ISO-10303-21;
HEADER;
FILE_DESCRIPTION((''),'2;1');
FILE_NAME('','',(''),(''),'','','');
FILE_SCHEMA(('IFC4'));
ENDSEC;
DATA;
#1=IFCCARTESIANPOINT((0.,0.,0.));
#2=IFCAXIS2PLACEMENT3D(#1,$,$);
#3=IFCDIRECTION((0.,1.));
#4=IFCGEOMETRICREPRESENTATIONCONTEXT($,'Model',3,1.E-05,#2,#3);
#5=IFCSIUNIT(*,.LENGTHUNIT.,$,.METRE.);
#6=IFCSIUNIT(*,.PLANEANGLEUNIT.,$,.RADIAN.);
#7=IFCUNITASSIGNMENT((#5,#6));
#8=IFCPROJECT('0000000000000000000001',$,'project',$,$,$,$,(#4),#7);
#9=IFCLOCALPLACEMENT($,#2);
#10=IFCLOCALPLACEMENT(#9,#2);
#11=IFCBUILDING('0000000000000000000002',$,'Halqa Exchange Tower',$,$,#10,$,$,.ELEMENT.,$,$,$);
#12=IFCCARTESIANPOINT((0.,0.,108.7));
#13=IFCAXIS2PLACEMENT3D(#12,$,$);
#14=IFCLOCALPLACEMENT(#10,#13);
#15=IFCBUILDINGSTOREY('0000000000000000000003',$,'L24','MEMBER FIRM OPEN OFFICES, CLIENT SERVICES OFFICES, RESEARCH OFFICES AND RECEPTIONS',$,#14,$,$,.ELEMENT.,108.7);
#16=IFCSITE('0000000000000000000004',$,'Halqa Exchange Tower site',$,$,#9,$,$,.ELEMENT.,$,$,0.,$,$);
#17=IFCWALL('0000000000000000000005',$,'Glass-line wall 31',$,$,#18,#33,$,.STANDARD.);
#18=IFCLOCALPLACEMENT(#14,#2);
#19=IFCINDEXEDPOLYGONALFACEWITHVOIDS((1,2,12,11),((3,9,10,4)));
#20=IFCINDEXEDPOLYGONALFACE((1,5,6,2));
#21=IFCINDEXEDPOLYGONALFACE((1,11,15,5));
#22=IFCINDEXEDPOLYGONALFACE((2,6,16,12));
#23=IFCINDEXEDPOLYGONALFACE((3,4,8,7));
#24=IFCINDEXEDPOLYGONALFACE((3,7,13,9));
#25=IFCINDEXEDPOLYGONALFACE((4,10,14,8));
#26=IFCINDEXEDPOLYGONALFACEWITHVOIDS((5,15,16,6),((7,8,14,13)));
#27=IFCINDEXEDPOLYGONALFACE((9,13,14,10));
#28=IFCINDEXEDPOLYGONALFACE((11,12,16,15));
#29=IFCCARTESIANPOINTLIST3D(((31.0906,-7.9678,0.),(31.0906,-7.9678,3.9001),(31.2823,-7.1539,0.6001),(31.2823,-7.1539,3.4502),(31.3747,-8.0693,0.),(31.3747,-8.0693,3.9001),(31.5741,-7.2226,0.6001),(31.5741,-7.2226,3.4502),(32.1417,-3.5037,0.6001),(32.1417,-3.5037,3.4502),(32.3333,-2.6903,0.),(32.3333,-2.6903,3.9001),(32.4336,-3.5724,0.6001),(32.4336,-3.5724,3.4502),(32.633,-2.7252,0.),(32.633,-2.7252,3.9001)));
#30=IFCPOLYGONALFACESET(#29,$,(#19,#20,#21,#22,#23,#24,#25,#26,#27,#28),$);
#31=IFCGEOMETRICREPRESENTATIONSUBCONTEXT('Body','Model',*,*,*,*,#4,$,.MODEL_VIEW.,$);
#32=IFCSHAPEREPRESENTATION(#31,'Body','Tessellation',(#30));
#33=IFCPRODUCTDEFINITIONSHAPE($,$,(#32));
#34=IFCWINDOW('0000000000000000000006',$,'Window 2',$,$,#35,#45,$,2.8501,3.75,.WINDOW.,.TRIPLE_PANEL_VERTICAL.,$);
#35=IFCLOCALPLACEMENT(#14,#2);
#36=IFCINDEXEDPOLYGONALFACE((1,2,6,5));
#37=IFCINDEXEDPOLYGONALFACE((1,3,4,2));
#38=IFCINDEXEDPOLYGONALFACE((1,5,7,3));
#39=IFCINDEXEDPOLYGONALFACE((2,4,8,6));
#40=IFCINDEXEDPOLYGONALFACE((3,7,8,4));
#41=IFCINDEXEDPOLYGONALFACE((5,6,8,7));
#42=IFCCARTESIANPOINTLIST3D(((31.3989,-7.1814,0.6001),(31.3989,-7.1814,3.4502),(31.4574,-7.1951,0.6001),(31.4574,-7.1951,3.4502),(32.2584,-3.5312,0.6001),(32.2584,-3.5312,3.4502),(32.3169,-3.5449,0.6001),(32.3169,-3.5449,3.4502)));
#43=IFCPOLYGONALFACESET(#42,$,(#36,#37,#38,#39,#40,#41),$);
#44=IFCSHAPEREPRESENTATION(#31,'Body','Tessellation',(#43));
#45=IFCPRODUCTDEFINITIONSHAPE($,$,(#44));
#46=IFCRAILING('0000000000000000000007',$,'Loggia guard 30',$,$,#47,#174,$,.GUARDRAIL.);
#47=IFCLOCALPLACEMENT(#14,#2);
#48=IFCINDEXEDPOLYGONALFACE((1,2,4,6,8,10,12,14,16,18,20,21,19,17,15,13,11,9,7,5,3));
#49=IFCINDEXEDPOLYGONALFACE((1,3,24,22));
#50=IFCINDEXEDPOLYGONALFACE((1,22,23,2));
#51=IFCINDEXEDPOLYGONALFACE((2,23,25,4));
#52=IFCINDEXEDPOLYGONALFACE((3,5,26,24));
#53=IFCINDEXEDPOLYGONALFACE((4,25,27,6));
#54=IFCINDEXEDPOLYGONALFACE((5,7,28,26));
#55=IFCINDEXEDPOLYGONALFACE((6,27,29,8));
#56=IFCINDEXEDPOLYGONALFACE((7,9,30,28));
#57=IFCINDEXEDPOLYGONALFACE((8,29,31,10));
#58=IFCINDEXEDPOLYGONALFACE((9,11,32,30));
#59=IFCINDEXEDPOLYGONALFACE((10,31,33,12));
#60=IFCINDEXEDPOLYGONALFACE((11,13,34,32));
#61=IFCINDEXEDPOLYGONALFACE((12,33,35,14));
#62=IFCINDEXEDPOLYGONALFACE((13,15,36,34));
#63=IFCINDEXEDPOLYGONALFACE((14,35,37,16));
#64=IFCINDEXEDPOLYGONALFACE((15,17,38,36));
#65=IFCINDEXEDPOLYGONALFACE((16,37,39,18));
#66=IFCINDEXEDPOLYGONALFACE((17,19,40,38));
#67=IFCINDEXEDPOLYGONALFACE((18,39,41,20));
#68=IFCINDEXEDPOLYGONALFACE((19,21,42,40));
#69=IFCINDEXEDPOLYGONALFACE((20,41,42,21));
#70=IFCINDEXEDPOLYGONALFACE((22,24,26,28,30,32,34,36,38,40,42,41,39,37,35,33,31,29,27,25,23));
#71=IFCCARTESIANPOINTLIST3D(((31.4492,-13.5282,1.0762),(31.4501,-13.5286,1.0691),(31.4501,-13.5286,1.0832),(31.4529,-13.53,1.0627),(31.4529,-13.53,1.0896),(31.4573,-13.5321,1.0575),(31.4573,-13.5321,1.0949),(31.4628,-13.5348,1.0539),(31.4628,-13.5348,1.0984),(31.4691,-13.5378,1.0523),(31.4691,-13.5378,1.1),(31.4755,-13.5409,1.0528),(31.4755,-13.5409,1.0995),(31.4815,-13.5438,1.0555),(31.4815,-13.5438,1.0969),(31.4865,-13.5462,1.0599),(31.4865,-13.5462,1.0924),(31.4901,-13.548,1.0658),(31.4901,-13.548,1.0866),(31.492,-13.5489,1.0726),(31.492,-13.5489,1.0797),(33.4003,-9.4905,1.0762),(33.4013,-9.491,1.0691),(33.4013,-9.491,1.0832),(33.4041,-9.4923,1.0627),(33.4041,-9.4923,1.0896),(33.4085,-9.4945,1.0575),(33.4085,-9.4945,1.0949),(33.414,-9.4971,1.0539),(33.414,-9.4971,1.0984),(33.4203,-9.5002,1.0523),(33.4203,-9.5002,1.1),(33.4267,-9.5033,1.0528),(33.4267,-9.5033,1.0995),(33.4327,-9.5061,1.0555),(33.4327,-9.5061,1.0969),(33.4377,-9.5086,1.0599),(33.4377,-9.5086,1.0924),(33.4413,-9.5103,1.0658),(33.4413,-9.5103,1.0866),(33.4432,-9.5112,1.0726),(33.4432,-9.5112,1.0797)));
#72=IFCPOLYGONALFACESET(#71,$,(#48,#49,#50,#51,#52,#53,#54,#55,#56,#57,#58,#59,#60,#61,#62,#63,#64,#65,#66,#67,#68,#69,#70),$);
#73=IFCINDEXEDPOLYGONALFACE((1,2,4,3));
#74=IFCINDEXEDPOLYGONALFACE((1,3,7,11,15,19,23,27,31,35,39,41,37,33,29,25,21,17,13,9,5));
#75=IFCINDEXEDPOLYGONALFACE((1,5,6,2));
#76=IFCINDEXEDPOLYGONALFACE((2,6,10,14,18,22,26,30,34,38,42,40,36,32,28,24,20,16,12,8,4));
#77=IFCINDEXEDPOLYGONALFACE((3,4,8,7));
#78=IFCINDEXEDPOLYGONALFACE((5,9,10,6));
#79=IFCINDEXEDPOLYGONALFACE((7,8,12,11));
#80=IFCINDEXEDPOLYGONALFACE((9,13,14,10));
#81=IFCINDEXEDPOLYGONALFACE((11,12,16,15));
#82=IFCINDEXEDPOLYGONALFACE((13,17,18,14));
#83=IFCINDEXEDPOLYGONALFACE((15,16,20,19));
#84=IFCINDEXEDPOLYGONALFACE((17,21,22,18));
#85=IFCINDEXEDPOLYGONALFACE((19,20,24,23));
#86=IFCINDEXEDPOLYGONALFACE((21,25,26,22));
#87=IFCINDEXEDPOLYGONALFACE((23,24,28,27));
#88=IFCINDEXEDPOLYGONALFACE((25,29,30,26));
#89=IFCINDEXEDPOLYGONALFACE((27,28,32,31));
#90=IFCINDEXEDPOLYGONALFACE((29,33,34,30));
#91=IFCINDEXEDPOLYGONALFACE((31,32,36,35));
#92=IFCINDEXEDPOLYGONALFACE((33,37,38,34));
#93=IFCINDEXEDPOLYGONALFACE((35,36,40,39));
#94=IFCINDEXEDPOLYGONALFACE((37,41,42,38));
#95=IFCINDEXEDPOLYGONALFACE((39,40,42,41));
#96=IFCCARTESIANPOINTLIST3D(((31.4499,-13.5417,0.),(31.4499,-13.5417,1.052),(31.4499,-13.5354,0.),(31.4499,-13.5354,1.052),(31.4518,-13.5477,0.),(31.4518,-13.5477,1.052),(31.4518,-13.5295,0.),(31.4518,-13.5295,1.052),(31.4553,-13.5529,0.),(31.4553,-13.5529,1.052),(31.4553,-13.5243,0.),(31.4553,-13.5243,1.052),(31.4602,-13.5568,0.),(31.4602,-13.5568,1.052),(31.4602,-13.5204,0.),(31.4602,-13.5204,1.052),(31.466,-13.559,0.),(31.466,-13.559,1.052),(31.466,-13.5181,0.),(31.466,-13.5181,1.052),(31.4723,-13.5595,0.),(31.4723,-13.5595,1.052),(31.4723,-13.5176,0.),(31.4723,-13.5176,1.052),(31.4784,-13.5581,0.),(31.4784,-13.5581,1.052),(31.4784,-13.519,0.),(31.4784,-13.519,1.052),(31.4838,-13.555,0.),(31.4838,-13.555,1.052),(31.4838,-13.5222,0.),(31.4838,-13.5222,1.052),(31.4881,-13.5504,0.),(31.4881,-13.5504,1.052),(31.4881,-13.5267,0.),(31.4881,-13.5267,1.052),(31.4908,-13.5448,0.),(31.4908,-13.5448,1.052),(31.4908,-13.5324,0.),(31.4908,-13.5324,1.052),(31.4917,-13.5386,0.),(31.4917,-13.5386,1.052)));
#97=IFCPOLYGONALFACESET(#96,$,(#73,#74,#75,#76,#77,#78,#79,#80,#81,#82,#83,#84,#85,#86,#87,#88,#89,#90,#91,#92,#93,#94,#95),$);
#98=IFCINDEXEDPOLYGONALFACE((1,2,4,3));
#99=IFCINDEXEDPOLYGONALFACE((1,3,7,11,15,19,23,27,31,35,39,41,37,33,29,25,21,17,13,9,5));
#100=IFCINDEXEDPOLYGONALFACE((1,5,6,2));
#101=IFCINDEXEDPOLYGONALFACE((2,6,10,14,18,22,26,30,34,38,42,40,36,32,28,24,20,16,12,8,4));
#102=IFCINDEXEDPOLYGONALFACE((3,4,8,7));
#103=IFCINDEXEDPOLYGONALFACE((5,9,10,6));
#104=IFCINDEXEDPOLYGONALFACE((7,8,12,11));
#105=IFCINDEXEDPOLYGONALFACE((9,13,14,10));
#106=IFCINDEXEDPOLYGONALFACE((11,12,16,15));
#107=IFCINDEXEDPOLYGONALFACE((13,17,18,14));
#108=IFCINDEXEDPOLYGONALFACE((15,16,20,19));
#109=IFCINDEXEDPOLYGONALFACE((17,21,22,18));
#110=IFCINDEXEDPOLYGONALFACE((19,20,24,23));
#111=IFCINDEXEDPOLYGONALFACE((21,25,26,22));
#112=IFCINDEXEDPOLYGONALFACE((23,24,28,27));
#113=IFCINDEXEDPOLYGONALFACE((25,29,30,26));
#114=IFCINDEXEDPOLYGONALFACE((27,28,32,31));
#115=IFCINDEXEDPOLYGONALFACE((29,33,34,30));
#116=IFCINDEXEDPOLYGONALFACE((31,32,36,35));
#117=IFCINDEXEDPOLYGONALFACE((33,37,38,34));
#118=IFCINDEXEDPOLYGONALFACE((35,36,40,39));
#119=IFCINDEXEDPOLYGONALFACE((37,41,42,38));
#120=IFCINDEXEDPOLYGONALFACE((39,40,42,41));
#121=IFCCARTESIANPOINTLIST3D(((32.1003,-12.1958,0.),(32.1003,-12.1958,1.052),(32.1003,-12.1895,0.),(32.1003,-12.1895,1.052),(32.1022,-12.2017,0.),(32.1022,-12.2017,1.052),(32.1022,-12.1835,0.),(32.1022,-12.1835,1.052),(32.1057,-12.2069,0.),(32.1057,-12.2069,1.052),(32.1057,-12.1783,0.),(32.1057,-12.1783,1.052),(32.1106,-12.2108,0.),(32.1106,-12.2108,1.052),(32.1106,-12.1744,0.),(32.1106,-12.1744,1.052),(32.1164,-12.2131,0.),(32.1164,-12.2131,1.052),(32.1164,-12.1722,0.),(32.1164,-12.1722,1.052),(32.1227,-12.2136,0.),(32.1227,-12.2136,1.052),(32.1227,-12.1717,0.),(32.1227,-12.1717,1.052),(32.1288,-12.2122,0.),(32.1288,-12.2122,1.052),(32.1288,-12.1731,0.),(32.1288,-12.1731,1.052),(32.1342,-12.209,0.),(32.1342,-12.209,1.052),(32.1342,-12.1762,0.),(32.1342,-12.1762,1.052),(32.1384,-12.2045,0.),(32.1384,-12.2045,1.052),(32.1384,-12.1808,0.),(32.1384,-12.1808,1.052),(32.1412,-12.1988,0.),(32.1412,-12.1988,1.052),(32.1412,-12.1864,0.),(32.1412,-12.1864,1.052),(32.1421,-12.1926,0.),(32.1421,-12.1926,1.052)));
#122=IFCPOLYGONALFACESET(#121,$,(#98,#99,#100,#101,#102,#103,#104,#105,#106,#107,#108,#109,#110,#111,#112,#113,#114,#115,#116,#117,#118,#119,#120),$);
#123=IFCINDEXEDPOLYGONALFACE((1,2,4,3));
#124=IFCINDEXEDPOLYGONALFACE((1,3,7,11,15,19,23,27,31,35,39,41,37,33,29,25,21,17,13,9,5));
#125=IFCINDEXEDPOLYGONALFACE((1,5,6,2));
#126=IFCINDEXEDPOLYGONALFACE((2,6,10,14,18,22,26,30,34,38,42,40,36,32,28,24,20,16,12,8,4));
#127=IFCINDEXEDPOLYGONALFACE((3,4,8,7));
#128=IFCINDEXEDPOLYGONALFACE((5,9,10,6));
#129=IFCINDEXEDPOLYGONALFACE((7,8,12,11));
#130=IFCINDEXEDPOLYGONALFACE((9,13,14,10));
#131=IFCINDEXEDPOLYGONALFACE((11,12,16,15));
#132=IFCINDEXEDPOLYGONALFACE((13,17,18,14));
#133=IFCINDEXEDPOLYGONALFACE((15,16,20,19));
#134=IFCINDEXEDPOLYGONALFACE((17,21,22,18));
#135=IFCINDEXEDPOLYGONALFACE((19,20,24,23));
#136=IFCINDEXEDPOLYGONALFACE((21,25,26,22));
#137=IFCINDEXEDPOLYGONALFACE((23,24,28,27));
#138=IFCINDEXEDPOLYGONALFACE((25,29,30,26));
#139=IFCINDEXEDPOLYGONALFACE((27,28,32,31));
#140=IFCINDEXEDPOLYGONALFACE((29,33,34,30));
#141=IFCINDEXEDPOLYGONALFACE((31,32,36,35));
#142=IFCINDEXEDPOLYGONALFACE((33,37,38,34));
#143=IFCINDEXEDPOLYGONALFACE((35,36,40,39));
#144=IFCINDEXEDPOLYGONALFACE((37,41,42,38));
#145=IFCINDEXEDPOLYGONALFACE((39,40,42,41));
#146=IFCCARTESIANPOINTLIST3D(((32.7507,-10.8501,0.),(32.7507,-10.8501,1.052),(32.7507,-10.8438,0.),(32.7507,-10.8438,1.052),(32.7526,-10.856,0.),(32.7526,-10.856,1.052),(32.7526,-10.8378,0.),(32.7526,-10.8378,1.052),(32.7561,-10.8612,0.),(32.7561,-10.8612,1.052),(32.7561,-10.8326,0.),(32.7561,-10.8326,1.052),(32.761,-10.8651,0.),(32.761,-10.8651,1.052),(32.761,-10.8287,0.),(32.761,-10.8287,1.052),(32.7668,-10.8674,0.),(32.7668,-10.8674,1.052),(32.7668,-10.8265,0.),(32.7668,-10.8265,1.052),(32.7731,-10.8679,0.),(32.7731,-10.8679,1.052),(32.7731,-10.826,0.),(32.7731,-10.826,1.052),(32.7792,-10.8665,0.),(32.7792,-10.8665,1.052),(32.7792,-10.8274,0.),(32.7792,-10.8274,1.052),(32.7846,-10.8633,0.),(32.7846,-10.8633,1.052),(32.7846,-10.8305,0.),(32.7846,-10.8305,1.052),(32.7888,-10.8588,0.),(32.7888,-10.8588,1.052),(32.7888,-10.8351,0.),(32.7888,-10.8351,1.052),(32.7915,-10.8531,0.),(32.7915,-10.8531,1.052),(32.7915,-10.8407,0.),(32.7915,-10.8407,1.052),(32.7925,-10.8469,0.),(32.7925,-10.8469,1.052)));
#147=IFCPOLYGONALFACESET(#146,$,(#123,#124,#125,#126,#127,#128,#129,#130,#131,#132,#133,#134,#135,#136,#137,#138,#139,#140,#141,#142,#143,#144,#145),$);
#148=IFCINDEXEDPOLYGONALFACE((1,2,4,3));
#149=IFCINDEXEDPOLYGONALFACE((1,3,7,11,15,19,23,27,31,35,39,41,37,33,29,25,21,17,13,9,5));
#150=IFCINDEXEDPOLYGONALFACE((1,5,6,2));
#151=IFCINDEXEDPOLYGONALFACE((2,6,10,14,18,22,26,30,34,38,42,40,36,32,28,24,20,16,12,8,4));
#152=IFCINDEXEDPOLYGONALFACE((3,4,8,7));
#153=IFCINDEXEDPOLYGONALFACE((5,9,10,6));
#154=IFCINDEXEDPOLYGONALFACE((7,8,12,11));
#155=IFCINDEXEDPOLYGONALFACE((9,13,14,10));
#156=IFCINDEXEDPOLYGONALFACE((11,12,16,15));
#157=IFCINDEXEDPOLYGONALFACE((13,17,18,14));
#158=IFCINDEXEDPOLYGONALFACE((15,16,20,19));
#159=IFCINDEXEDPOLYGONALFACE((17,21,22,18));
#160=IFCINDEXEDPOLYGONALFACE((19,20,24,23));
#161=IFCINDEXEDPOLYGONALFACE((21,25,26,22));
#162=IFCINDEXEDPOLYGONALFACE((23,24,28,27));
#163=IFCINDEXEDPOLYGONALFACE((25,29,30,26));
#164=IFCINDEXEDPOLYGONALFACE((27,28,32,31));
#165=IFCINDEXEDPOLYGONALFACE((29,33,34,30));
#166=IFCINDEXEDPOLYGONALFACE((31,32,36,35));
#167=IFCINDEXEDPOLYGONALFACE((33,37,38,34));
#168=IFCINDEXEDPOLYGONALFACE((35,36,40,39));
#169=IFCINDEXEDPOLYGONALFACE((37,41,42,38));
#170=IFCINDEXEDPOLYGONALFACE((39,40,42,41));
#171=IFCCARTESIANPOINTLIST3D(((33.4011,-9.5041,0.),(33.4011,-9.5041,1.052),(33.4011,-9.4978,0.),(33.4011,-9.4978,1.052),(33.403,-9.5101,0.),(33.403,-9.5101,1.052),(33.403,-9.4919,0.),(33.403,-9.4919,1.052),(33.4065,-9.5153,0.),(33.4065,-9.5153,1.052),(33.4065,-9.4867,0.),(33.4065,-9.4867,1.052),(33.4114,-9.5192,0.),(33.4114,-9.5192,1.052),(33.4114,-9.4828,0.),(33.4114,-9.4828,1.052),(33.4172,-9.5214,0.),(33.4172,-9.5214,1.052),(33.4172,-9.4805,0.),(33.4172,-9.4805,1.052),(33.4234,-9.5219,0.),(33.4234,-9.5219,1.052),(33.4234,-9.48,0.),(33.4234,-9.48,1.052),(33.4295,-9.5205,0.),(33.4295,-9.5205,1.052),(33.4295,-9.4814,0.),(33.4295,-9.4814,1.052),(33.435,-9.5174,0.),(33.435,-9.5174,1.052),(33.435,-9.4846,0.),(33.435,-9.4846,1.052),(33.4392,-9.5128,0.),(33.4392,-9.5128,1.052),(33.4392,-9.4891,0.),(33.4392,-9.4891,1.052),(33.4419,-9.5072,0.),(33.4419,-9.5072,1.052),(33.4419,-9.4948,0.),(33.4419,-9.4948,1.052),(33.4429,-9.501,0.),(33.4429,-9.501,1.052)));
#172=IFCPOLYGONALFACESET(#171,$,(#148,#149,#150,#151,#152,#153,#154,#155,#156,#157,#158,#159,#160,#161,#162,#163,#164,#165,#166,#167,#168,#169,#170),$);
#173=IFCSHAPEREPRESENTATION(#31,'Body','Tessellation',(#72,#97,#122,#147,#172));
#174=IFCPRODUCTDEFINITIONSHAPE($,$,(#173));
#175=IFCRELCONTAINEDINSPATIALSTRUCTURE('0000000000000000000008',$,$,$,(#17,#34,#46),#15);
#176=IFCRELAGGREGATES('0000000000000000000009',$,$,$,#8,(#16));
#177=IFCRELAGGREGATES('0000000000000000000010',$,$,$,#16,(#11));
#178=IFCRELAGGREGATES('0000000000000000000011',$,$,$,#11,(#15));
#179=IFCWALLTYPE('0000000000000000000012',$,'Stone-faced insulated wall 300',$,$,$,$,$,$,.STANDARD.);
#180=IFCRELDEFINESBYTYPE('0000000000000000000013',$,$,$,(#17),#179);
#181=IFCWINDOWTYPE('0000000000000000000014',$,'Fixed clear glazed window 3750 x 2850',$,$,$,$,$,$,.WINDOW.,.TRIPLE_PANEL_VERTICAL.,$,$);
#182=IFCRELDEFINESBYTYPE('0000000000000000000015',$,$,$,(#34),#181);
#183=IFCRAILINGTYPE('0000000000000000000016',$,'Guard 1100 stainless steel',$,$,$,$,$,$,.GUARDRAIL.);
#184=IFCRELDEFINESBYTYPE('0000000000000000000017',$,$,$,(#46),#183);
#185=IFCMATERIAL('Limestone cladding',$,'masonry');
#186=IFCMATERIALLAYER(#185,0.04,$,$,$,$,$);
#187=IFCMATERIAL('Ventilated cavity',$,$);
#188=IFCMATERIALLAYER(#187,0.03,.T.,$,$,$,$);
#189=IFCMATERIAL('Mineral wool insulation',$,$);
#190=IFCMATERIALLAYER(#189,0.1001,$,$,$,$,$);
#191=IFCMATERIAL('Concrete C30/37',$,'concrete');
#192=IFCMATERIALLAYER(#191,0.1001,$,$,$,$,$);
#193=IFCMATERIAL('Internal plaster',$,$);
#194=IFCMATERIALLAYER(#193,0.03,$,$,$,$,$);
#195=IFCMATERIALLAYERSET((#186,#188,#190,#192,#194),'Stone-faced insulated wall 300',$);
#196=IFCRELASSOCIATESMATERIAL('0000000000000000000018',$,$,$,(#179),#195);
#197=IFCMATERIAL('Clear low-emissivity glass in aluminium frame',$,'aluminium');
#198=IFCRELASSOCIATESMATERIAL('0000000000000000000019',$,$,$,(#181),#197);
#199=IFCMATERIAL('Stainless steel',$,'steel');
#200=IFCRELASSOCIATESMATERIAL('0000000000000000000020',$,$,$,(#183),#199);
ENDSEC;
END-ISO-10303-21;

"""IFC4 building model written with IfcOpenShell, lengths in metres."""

from ifc_helpers import new_model, si_unit, direction, frame, frame_2d, origin, origin_2d, place, context, subcontext, project, spatial, polyline, rectangle, circle, outline, extrude, material, layer, layer_set, type_object, element, fill, save


model = new_model("IFC4")

# Units and contexts
model_context = context("Model", 3, precision=1e-05, world=origin(), true_north=direction((0.0, 1.0)))
body_context = subcontext(model_context, "Body", "Model", "MODEL_VIEW")
ifc_project = project(units=[si_unit("LENGTHUNIT", "METRE"), si_unit("PLANEANGLEUNIT", "RADIAN")], contexts=[model_context])

# Site, building, storey
site_placement = place(None, origin())
site = spatial("IfcSite", under=ifc_project, at=site_placement, Name="Halqa Exchange Tower site", CompositionType="ELEMENT", RefElevation=0.0)
building_placement = place(site_placement, origin())
building = spatial("IfcBuilding", under=site, at=building_placement, Name="Halqa Exchange Tower", CompositionType="ELEMENT")
storey_placement = place(building_placement, frame((0.0, 0.0, 108.7)))
storey = spatial("IfcBuildingStorey", under=building, at=storey_placement, Name="L24", Description="MEMBER FIRM OPEN OFFICES, CLIENT SERVICES OFFICES, RESEARCH OFFICES AND RECEPTIONS", CompositionType="ELEMENT", Elevation=108.7)

# Wall, opening, window
ifc_material_1 = material(Name="Limestone cladding", Category="masonry")
ifc_layer_1 = layer(ifc_material_1, 0.04)
ifc_material_2 = material(Name="Ventilated cavity")
ifc_layer_2 = layer(ifc_material_2, 0.03, ventilated=True)
ifc_material_3 = material(Name="Mineral wool insulation")
ifc_layer_3 = layer(ifc_material_3, 0.1001)
ifc_material_4 = material(Name="Concrete C30/37", Category="concrete")
ifc_layer_4 = layer(ifc_material_4, 0.1001)
ifc_material_5 = material(Name="Internal plaster")
ifc_layer_5 = layer(ifc_material_5, 0.03)
ifc_layer_set_1 = layer_set([ifc_layer_1, ifc_layer_2, ifc_layer_3, ifc_layer_4, ifc_layer_5], Name="Stone-faced insulated wall 300")
wall_type_1 = type_object("IfcWallType", Name="Stone-faced insulated wall 300", PredefinedType="STANDARD", material=ifc_layer_set_1)
ifc_material_6 = material(Name="Clear low-emissivity glass in aluminium frame", Category="aluminium")
window_type = type_object("IfcWindowType", Name="Fixed clear glazed window 3750 x 2850", PartitioningType="TRIPLE_PANEL_VERTICAL", PredefinedType="WINDOW", material=ifc_material_6)
wall_1_placement = place(storey_placement, frame((31.2327, -8.0186, 0.0), z_axis=(0.0, 0.0, 1.0), x_axis=(0.229194, 0.973381, 0.0)))
wall_1 = element("IfcWall", 1, at=wall_1_placement, inside=storey, type_object=wall_type_1, Name="Glass-line wall 31", PredefinedType="STANDARD", context=body_context, shape_type="SweptSolid", body=[
    extrude(outline(polyline([(-0.0168, -0.1499), (5.4734, -0.1499), (5.4387, 0.1499), (0.0168, 0.1499), (-0.0168, -0.1499)])), origin(), (0.0, 0.0, 1.0), 3.9001),
])
opening_1_placement = place(wall_1_placement, frame((0.853, 0.0, 0.6001)))
opening_1 = element("IfcOpeningElement", 2, at=opening_1_placement, cuts=wall_1, PredefinedType="OPENING", context=body_context, shape_type="SweptSolid", body=[
    extrude(rectangle(XDim=3.75, YDim=2.8501, at=frame_2d((1.875, 1.425))), frame((0.0, 0.1621, 0.0), z_axis=(0.0, -1.0, 0.0), x_axis=(1.0, 0.0, 0.0)), (0.0, 0.0, 1.0), 0.324),
])
window_1_placement = place(opening_1_placement, origin())
window_1 = element("IfcWindow", 3, at=window_1_placement, inside=storey, type_object=window_type, Name="Window 2", OverallHeight=2.8501, OverallWidth=3.75, PartitioningType="TRIPLE_PANEL_VERTICAL", PredefinedType="WINDOW", context=body_context, shape_type="SweptSolid", body=[
    extrude(rectangle(XDim=3.75, YDim=2.8501, at=frame_2d((1.875, 1.425))), frame((0.0, 0.03, 0.0), z_axis=(0.0, -1.0, 0.0), x_axis=(1.0, 0.0, 0.0)), (0.0, 0.0, 1.0), 0.0601),
])
fill(opening_1, window_1)

# Railing
ifc_material_7 = material(Name="Stainless steel", Category="steel")
railing_type = type_object("IfcRailingType", Name="Guard 1100 stainless steel", PredefinedType="GUARDRAIL", material=ifc_material_7)
railing_1_placement = place(storey_placement, frame((31.4707, -13.5386, 0.0)))
element("IfcRailing", 4, at=railing_1_placement, inside=storey, type_object=railing_type, Name="Loggia guard 30", PredefinedType="GUARDRAIL", context=body_context, shape_type="SweptSolid", body=[
    extrude(circle(Radius=0.0239, at=origin_2d()), frame((0.0, 0.0, 1.0762), z_axis=(0.435108, 0.900378, 0.0), x_axis=(-0.900378, 0.435108, 0.0)), (0.0, 0.0, 1.0), 4.4844),
    extrude(circle(Radius=0.021, at=origin_2d()), origin(), (0.0, 0.0, 1.0), 1.052),
    extrude(circle(Radius=0.021, at=origin_2d()), frame((0.6504, 1.3459, 0.0)), (0.0, 0.0, 1.0), 1.052),
    extrude(circle(Radius=0.021, at=origin_2d()), frame((1.3008, 2.6917, 0.0)), (0.0, 0.0, 1.0), 1.052),
    extrude(circle(Radius=0.021, at=origin_2d()), frame((1.9512, 4.0376, 0.0)), (0.0, 0.0, 1.0), 1.052),
])

save(model, "model.ifc")
